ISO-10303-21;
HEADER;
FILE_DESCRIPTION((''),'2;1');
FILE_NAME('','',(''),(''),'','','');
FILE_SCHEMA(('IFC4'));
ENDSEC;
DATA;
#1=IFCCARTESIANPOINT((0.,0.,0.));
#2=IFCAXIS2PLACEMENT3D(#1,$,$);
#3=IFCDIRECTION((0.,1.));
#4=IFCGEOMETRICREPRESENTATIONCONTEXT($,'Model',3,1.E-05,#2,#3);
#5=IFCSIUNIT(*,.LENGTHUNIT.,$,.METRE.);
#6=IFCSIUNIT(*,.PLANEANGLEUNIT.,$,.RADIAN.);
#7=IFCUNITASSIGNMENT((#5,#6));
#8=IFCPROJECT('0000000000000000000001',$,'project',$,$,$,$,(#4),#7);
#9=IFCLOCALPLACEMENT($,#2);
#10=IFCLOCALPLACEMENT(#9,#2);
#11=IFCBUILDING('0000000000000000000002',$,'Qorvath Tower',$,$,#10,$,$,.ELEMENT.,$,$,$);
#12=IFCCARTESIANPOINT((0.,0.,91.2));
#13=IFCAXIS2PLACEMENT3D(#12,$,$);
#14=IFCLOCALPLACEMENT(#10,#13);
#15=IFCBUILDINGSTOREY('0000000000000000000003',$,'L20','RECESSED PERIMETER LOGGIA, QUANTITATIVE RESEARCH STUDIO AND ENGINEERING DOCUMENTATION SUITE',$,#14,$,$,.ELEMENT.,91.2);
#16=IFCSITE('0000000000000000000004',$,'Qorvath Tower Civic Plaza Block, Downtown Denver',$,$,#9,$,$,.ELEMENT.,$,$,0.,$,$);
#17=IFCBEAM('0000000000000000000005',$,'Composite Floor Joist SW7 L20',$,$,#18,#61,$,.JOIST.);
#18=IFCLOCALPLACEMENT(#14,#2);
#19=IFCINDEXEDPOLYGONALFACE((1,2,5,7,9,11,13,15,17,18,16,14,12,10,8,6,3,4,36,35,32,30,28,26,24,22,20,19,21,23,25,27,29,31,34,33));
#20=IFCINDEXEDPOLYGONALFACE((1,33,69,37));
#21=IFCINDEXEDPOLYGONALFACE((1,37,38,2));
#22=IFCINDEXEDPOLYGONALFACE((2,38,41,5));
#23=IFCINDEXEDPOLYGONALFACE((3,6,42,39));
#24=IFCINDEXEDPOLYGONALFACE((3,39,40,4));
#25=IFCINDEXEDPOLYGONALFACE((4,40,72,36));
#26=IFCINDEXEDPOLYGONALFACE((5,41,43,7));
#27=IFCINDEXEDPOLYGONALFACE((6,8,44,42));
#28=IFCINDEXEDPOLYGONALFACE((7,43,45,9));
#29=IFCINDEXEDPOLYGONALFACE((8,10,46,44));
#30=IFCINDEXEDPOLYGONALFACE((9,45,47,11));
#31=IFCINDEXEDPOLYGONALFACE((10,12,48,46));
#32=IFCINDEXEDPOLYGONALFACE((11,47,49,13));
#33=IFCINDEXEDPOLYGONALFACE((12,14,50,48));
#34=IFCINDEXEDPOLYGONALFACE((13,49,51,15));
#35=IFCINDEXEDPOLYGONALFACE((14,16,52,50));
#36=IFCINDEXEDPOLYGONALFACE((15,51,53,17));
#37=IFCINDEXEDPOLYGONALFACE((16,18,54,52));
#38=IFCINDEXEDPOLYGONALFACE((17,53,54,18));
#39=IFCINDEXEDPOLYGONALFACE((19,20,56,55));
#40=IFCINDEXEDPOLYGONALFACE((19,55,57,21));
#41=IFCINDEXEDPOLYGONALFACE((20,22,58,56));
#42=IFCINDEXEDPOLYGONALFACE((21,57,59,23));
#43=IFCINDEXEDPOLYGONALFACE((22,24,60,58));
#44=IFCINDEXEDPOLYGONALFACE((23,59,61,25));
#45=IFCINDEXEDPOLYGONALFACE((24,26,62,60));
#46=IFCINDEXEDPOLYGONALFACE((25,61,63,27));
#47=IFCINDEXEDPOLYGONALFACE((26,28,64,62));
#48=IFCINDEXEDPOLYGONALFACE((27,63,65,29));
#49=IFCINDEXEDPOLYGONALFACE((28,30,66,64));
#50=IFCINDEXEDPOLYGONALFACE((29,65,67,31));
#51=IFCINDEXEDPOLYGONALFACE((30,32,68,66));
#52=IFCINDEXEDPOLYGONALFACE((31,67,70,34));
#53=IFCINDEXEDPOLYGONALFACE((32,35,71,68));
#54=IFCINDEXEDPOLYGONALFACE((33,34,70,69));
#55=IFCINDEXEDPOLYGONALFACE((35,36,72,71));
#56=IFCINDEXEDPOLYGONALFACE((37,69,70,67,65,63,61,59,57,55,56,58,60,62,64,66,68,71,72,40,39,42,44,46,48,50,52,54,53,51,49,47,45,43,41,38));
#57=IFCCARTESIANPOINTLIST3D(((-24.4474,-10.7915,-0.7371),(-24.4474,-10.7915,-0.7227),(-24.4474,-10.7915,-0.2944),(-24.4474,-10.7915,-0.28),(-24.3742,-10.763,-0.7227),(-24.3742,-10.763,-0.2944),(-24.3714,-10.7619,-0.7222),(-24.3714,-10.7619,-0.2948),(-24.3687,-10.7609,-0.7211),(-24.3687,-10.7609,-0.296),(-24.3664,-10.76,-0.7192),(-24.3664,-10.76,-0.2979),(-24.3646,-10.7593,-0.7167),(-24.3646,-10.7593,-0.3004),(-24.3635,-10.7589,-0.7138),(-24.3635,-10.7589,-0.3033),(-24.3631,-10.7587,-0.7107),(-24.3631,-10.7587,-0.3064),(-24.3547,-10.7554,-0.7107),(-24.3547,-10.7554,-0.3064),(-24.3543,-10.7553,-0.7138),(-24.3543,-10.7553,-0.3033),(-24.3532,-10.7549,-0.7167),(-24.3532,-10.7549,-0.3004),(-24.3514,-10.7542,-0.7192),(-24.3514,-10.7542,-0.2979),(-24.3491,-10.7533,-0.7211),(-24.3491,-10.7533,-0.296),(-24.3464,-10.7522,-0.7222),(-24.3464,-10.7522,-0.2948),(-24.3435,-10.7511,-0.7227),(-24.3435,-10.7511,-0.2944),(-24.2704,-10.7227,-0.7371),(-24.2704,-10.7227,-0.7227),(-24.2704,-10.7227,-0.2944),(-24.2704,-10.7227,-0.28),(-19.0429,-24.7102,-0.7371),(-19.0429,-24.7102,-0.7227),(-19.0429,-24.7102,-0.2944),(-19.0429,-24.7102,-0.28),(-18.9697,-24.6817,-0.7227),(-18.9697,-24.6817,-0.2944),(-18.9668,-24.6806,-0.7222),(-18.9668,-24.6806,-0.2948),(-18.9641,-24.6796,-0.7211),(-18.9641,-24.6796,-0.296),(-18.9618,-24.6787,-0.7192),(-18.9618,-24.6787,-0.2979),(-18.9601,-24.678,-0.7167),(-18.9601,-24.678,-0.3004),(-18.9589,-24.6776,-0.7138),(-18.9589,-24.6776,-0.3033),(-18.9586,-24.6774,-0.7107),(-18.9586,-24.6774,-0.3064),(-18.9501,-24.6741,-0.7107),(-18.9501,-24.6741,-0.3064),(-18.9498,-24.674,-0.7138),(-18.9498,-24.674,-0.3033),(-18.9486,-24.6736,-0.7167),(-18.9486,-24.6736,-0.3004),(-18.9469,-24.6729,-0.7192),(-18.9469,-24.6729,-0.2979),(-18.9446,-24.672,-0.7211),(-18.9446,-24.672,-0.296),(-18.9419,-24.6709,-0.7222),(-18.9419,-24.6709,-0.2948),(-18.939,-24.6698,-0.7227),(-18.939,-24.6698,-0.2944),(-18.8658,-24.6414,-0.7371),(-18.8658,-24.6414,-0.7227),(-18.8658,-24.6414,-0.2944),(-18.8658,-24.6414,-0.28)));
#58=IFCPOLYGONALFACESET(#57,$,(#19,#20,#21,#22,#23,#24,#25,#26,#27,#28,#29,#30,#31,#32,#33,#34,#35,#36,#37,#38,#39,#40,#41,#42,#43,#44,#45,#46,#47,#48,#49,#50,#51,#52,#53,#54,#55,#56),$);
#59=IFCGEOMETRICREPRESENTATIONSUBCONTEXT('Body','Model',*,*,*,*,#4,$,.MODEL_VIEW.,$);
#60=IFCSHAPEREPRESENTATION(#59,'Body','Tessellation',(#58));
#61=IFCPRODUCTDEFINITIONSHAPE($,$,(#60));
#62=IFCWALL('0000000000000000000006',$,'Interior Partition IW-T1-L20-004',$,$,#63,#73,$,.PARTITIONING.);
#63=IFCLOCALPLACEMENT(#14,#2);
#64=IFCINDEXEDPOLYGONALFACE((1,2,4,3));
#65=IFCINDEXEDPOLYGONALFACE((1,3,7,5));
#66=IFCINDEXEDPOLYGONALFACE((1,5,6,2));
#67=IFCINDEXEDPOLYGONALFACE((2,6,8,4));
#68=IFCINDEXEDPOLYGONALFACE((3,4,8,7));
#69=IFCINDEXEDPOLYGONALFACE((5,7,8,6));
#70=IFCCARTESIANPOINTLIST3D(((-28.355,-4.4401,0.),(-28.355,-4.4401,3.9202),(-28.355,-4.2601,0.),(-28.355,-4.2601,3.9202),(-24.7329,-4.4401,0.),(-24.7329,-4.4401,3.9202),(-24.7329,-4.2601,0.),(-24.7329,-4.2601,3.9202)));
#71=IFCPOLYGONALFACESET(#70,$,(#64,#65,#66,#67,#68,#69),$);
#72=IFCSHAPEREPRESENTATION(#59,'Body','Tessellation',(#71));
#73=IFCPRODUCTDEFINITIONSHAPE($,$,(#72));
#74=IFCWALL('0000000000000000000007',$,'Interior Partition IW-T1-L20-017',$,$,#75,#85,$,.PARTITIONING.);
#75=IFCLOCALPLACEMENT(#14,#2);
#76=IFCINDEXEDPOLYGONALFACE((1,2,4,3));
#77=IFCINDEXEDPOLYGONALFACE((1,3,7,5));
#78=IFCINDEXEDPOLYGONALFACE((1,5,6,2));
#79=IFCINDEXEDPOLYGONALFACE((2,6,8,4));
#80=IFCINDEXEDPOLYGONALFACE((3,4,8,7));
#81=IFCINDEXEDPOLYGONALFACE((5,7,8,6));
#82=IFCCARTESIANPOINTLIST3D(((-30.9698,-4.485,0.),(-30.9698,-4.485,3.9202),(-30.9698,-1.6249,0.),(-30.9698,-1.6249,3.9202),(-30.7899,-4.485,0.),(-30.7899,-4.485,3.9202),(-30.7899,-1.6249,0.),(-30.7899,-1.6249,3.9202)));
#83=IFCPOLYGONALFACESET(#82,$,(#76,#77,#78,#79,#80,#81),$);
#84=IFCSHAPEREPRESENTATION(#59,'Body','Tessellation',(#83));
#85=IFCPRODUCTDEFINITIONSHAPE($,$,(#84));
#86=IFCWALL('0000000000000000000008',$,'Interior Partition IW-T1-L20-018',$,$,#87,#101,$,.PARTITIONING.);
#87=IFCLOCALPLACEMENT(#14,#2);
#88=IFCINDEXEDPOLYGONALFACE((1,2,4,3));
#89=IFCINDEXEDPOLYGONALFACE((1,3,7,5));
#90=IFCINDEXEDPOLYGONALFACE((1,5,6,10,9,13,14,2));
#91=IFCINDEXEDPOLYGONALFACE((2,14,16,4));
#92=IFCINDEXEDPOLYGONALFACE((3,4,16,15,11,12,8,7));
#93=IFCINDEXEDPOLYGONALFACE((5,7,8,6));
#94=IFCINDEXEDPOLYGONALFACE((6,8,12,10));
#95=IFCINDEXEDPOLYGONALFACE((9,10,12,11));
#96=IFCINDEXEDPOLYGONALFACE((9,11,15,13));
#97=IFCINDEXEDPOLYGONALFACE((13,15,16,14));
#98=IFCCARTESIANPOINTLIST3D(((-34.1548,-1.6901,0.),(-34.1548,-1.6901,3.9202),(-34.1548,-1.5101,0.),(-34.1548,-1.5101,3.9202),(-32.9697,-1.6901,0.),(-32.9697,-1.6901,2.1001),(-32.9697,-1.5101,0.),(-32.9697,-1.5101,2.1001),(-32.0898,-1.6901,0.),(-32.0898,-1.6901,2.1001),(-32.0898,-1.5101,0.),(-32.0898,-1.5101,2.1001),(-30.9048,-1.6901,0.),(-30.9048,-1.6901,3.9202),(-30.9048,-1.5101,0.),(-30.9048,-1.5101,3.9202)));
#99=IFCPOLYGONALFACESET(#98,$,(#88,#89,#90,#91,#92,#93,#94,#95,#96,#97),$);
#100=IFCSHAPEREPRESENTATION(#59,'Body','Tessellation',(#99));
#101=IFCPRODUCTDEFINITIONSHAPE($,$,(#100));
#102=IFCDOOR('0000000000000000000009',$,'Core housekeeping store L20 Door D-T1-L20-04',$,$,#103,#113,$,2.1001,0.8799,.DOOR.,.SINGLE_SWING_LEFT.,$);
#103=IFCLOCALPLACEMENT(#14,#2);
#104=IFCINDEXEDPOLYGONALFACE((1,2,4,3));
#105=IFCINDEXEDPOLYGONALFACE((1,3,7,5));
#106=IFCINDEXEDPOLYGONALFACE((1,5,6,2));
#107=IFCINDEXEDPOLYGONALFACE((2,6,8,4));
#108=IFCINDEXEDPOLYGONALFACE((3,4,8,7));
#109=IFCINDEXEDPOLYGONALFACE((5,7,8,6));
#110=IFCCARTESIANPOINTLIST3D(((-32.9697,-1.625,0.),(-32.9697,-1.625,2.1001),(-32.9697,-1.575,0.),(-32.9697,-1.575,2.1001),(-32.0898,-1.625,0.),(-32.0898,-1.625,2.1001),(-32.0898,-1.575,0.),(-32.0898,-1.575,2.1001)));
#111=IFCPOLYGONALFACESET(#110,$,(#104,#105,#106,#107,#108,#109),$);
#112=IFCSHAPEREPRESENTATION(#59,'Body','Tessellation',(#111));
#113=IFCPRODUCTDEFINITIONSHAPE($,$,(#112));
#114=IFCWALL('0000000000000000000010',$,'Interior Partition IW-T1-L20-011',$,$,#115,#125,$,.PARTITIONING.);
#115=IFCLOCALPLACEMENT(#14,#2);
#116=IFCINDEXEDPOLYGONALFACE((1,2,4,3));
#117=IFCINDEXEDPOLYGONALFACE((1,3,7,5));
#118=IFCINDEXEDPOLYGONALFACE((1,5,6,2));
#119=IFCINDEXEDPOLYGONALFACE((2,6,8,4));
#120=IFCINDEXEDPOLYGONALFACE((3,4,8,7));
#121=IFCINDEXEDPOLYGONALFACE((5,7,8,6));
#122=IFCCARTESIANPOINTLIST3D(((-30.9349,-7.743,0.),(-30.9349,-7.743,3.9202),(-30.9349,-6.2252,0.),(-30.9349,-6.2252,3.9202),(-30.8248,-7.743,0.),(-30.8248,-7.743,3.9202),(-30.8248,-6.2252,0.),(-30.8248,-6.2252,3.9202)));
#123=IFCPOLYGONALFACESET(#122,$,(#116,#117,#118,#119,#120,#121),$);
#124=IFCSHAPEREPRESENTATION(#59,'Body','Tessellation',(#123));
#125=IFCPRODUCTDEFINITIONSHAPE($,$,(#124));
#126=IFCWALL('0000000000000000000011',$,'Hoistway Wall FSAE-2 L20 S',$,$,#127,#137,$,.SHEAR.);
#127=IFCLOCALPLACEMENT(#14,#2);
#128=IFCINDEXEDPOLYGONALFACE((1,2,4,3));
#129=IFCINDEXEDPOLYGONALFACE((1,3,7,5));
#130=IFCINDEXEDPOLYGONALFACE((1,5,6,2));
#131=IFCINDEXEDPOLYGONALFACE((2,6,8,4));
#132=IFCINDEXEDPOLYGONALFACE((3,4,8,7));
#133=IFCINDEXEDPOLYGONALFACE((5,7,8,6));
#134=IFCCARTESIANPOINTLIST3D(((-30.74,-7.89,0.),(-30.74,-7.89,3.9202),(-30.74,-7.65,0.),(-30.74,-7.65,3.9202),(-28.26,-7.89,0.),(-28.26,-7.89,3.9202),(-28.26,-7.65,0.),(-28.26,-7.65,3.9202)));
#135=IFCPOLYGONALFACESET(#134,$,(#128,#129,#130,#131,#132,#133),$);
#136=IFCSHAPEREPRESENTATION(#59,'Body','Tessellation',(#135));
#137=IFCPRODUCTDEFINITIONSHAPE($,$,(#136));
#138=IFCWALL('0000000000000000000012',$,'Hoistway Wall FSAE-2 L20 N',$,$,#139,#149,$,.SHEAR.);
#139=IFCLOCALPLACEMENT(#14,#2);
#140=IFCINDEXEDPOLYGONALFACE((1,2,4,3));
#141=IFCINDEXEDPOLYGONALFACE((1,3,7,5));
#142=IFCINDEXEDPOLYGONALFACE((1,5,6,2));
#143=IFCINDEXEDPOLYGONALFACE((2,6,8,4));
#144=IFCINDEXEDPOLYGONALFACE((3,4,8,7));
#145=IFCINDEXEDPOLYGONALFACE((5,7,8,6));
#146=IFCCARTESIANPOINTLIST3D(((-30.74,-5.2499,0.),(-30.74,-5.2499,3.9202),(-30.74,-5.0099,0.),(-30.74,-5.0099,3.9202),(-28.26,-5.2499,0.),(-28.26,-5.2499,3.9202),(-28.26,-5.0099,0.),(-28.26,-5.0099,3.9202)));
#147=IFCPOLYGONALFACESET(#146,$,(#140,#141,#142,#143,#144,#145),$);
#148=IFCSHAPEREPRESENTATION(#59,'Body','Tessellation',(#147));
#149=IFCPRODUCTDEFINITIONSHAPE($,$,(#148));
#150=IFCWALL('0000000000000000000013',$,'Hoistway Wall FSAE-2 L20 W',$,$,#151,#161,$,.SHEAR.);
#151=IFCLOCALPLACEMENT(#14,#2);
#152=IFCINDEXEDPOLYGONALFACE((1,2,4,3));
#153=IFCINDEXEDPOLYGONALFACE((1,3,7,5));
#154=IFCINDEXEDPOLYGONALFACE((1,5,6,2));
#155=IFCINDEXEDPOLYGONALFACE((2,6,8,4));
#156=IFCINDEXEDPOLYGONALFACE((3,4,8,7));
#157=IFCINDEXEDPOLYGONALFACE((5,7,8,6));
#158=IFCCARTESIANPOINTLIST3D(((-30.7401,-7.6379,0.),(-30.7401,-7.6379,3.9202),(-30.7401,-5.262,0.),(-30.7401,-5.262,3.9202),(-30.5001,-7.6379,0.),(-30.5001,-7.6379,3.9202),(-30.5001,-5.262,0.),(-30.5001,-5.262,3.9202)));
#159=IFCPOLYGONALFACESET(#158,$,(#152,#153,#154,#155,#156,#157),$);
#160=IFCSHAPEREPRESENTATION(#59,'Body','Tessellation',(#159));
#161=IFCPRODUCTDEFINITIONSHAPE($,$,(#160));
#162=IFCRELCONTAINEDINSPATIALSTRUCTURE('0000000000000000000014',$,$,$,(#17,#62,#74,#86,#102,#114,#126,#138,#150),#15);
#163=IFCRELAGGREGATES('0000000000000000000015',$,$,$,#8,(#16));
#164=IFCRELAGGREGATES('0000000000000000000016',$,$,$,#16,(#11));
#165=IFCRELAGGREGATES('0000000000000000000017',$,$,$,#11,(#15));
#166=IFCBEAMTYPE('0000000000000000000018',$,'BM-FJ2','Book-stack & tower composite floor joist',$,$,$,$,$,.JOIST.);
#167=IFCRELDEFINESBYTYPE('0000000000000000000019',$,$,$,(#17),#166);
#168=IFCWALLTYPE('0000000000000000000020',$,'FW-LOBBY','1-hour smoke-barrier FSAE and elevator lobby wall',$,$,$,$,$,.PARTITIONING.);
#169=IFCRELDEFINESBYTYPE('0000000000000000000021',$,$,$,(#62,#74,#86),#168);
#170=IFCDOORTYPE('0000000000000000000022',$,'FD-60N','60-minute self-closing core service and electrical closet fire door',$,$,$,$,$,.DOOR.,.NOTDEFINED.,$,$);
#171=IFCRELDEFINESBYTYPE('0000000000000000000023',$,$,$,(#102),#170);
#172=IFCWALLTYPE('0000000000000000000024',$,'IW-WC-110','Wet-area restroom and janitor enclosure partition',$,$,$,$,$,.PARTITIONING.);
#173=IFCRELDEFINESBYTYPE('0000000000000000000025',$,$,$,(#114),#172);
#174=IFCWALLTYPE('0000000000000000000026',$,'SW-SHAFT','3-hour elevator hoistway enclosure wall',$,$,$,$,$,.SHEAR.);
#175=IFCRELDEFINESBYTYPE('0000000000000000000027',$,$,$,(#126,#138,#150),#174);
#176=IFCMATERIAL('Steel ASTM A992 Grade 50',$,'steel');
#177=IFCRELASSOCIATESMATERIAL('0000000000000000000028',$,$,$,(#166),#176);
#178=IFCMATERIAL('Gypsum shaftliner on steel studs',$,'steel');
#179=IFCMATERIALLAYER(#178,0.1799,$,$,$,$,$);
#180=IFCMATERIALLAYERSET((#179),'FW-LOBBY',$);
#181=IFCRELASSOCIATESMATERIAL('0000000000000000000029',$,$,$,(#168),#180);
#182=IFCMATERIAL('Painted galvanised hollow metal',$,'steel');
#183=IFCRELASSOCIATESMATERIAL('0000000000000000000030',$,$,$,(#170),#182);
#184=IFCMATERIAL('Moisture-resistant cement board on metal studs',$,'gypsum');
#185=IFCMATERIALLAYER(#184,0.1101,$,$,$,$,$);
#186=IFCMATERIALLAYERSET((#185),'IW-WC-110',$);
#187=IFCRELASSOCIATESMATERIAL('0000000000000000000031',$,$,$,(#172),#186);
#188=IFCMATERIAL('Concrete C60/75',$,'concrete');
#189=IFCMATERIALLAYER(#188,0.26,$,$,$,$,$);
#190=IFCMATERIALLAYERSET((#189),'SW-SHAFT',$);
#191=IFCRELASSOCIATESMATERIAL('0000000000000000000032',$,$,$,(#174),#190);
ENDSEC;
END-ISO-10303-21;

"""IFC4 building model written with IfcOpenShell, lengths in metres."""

from ifc_helpers import new_model, si_unit, direction, frame, frame_2d, origin, origin_2d, place, context, subcontext, project, spatial, rectangle, i_section, extrude, material, layer, layer_set, material_profile, profile_set, type_object, element, fill, save


model = new_model("IFC4")

# Units and contexts
model_context = context("Model", 3, precision=1e-05, world=origin(), true_north=direction((0.0, 1.0)))
body_context = subcontext(model_context, "Body", "Model", "MODEL_VIEW")
ifc_project = project(units=[si_unit("LENGTHUNIT", "METRE"), si_unit("PLANEANGLEUNIT", "RADIAN")], contexts=[model_context])

# Site, building, storey
site_placement = place(None, origin())
site = spatial("IfcSite", under=ifc_project, at=site_placement, Name="Qorvath Tower Civic Plaza Block, Downtown Denver", CompositionType="ELEMENT", RefElevation=0.0)
building_placement = place(site_placement, origin())
building = spatial("IfcBuilding", under=site, at=building_placement, Name="Qorvath Tower", CompositionType="ELEMENT")
storey_placement = place(building_placement, frame((0.0, 0.0, 91.2)))
storey = spatial("IfcBuildingStorey", under=building, at=storey_placement, Name="L20", Description="RECESSED PERIMETER LOGGIA, QUANTITATIVE RESEARCH STUDIO AND ENGINEERING DOCUMENTATION SUITE", CompositionType="ELEMENT", Elevation=91.2)

# Beam
ifc_material_1 = material(Name="Steel ASTM A992 Grade 50", Category="steel")
ifc_material_profile_1 = material_profile(ifc_material_1, i_section(OverallWidth=0.1899, OverallDepth=0.457, WebThickness=0.009, FlangeThickness=0.0144, FilletRadius=0.012, at=origin_2d()), Name="W18x50")
ifc_profile_set_1 = profile_set([ifc_material_profile_1], Name="Steel ASTM A992 Grade 50")
beam_type_1 = type_object("IfcBeamType", Name="BM-FJ2", Description="Book-stack & tower composite floor joist", PredefinedType="JOIST", material=ifc_profile_set_1)
beam_1_placement = place(storey_placement, frame((-24.3589, -10.7571, -0.5085), z_axis=(0.361964, -0.932192, 0.0), x_axis=(0.932192, 0.361964, 0.0)))
element("IfcBeam", 1, at=beam_1_placement, inside=storey, type_object=beam_type_1, Name="Composite Floor Joist SW7 L20", PredefinedType="JOIST", context=body_context, shape_type="SweptSolid", body=[
    extrude(i_section(OverallWidth=0.1899, OverallDepth=0.457, WebThickness=0.009, FlangeThickness=0.0144, FilletRadius=0.012, at=origin_2d()), origin(), (0.0, 0.0, 1.0), 14.9312),
])

# Shared definitions
ifc_material_2 = material(Name="Gypsum shaftliner on steel studs", Category="steel")
ifc_layer_1 = layer(ifc_material_2, 0.1799)
ifc_layer_set_1 = layer_set([ifc_layer_1], Name="FW-LOBBY")
wall_type_1 = type_object("IfcWallType", Name="FW-LOBBY", Description="1-hour smoke-barrier FSAE and elevator lobby wall", PredefinedType="PARTITIONING", material=ifc_layer_set_1)

# Walls
wall_1_placement = place(storey_placement, frame((-24.7329, -4.3501, 0.0), z_axis=(0.0, 0.0, 1.0), x_axis=(-1.0, 0.0, 0.0)))
element("IfcWall", 2, at=wall_1_placement, inside=storey, type_object=wall_type_1, Name="Interior Partition IW-T1-L20-004", PredefinedType="PARTITIONING", context=body_context, shape_type="SweptSolid", body=[
    extrude(rectangle(XDim=3.6221, YDim=0.1799, at=frame_2d((1.811, 0.0))), origin(), (0.0, 0.0, 1.0), 3.9202),
])
wall_2_placement = place(storey_placement, frame((-30.8799, -4.4851, 0.0), z_axis=(0.0, 0.0, 1.0), x_axis=(0.0, 1.0, 0.0)))
element("IfcWall", 3, at=wall_2_placement, inside=storey, type_object=wall_type_1, Name="Interior Partition IW-T1-L20-017", PredefinedType="PARTITIONING", context=body_context, shape_type="SweptSolid", body=[
    extrude(rectangle(XDim=2.8601, YDim=0.1799, at=frame_2d((1.4302, 0.0))), origin(), (0.0, 0.0, 1.0), 3.9202),
])

# Wall, opening, door
wall_3_placement = place(storey_placement, frame((-30.9048, -1.6001, 0.0), z_axis=(0.0, 0.0, 1.0), x_axis=(-1.0, 0.0, 0.0)))
wall_3 = element("IfcWall", 4, at=wall_3_placement, inside=storey, type_object=wall_type_1, Name="Interior Partition IW-T1-L20-018", PredefinedType="PARTITIONING", context=body_context, shape_type="SweptSolid", body=[
    extrude(rectangle(XDim=3.25, YDim=0.1799, at=frame_2d((1.625, 0.0))), origin(), (0.0, 0.0, 1.0), 3.9202),
])
opening_1_placement = place(wall_3_placement, frame((1.1851, 0.0, 0.0)))
opening_1 = element("IfcOpeningElement", 5, at=opening_1_placement, cuts=wall_3, PredefinedType="OPENING", context=body_context, shape_type="SweptSolid", body=[
    extrude(rectangle(XDim=0.8799, YDim=2.1001, at=frame_2d((0.4399, 1.05))), frame((0.0, 0.1001, 0.0), z_axis=(0.0, -1.0, 0.0), x_axis=(1.0, 0.0, 0.0)), (0.0, 0.0, 1.0), 0.2),
])
ifc_material_3 = material(Name="Painted galvanised hollow metal", Category="steel")
door_type_1 = type_object("IfcDoorType", Name="FD-60N", Description="60-minute self-closing core service and electrical closet fire door", OperationType="NOTDEFINED", PredefinedType="DOOR", material=ifc_material_3)
door_1_placement = place(opening_1_placement, origin())
door_1 = element("IfcDoor", 6, at=door_1_placement, inside=storey, type_object=door_type_1, Name="Core housekeeping store L20 Door D-T1-L20-04", OperationType="SINGLE_SWING_LEFT", OverallHeight=2.1001, OverallWidth=0.8799, PredefinedType="DOOR", context=body_context, shape_type="SweptSolid", body=[
    extrude(rectangle(XDim=0.8799, YDim=2.1001, at=frame_2d((0.4399, 1.05))), frame((0.0, 0.0249, 0.0), z_axis=(0.0, -1.0, 0.0), x_axis=(1.0, 0.0, 0.0)), (0.0, 0.0, 1.0), 0.05),
])
fill(opening_1, door_1)

# Walls
ifc_material_4 = material(Name="Moisture-resistant cement board on metal studs", Category="gypsum")
ifc_layer_2 = layer(ifc_material_4, 0.1101)
ifc_layer_set_2 = layer_set([ifc_layer_2], Name="IW-WC-110")
wall_type_2 = type_object("IfcWallType", Name="IW-WC-110", Description="Wet-area restroom and janitor enclosure partition", PredefinedType="PARTITIONING", material=ifc_layer_set_2)
wall_4_placement = place(storey_placement, frame((-30.8799, -7.7429, 0.0), z_axis=(0.0, 0.0, 1.0), x_axis=(0.0, 1.0, 0.0)))
element("IfcWall", 7, at=wall_4_placement, inside=storey, type_object=wall_type_2, Name="Interior Partition IW-T1-L20-011", PredefinedType="PARTITIONING", context=body_context, shape_type="SweptSolid", body=[
    extrude(rectangle(XDim=1.5178, YDim=0.1101, at=frame_2d((0.7588, 0.0))), origin(), (0.0, 0.0, 1.0), 3.9202),
])
ifc_material_5 = material(Name="Concrete C60/75", Category="concrete")
ifc_layer_3 = layer(ifc_material_5, 0.26)
ifc_layer_set_3 = layer_set([ifc_layer_3], Name="SW-SHAFT")
wall_type_3 = type_object("IfcWallType", Name="SW-SHAFT", Description="3-hour elevator hoistway enclosure wall", PredefinedType="SHEAR", material=ifc_layer_set_3)
for number, where, z_axis, x_axis, name in (
    (8, (-28.26, -7.77, 0.0), (0.0, 0.0, 1.0), (-1.0, 0.0, 0.0), "Hoistway Wall FSAE-2 L20 S"),
    (9, (-30.74, -5.1299, 0.0), (0.0, 0.0, 1.0), (1.0, 0.0, 0.0), "Hoistway Wall FSAE-2 L20 N"),
):
    element("IfcWall", number, at=place(storey_placement, frame(where, z_axis=z_axis, x_axis=x_axis)), inside=storey, type_object=wall_type_3, Name=name, PredefinedType="SHEAR", context=body_context, shape_type="SweptSolid", body=[
        extrude(rectangle(XDim=2.48, YDim=0.24, at=frame_2d((1.24, 0.0))), origin(), (0.0, 0.0, 1.0), 3.9202),
    ])
wall_5_placement = place(storey_placement, frame((-30.6201, -7.6379, 0.0), z_axis=(0.0, 0.0, 1.0), x_axis=(0.0, 1.0, 0.0)))
element("IfcWall", 10, at=wall_5_placement, inside=storey, type_object=wall_type_3, Name="Hoistway Wall FSAE-2 L20 W", PredefinedType="SHEAR", context=body_context, shape_type="SweptSolid", body=[
    extrude(rectangle(XDim=2.376, YDim=0.24, at=frame_2d((1.188, 0.0))), origin(), (0.0, 0.0, 1.0), 3.9202),
])

save(model, "model.ifc")
